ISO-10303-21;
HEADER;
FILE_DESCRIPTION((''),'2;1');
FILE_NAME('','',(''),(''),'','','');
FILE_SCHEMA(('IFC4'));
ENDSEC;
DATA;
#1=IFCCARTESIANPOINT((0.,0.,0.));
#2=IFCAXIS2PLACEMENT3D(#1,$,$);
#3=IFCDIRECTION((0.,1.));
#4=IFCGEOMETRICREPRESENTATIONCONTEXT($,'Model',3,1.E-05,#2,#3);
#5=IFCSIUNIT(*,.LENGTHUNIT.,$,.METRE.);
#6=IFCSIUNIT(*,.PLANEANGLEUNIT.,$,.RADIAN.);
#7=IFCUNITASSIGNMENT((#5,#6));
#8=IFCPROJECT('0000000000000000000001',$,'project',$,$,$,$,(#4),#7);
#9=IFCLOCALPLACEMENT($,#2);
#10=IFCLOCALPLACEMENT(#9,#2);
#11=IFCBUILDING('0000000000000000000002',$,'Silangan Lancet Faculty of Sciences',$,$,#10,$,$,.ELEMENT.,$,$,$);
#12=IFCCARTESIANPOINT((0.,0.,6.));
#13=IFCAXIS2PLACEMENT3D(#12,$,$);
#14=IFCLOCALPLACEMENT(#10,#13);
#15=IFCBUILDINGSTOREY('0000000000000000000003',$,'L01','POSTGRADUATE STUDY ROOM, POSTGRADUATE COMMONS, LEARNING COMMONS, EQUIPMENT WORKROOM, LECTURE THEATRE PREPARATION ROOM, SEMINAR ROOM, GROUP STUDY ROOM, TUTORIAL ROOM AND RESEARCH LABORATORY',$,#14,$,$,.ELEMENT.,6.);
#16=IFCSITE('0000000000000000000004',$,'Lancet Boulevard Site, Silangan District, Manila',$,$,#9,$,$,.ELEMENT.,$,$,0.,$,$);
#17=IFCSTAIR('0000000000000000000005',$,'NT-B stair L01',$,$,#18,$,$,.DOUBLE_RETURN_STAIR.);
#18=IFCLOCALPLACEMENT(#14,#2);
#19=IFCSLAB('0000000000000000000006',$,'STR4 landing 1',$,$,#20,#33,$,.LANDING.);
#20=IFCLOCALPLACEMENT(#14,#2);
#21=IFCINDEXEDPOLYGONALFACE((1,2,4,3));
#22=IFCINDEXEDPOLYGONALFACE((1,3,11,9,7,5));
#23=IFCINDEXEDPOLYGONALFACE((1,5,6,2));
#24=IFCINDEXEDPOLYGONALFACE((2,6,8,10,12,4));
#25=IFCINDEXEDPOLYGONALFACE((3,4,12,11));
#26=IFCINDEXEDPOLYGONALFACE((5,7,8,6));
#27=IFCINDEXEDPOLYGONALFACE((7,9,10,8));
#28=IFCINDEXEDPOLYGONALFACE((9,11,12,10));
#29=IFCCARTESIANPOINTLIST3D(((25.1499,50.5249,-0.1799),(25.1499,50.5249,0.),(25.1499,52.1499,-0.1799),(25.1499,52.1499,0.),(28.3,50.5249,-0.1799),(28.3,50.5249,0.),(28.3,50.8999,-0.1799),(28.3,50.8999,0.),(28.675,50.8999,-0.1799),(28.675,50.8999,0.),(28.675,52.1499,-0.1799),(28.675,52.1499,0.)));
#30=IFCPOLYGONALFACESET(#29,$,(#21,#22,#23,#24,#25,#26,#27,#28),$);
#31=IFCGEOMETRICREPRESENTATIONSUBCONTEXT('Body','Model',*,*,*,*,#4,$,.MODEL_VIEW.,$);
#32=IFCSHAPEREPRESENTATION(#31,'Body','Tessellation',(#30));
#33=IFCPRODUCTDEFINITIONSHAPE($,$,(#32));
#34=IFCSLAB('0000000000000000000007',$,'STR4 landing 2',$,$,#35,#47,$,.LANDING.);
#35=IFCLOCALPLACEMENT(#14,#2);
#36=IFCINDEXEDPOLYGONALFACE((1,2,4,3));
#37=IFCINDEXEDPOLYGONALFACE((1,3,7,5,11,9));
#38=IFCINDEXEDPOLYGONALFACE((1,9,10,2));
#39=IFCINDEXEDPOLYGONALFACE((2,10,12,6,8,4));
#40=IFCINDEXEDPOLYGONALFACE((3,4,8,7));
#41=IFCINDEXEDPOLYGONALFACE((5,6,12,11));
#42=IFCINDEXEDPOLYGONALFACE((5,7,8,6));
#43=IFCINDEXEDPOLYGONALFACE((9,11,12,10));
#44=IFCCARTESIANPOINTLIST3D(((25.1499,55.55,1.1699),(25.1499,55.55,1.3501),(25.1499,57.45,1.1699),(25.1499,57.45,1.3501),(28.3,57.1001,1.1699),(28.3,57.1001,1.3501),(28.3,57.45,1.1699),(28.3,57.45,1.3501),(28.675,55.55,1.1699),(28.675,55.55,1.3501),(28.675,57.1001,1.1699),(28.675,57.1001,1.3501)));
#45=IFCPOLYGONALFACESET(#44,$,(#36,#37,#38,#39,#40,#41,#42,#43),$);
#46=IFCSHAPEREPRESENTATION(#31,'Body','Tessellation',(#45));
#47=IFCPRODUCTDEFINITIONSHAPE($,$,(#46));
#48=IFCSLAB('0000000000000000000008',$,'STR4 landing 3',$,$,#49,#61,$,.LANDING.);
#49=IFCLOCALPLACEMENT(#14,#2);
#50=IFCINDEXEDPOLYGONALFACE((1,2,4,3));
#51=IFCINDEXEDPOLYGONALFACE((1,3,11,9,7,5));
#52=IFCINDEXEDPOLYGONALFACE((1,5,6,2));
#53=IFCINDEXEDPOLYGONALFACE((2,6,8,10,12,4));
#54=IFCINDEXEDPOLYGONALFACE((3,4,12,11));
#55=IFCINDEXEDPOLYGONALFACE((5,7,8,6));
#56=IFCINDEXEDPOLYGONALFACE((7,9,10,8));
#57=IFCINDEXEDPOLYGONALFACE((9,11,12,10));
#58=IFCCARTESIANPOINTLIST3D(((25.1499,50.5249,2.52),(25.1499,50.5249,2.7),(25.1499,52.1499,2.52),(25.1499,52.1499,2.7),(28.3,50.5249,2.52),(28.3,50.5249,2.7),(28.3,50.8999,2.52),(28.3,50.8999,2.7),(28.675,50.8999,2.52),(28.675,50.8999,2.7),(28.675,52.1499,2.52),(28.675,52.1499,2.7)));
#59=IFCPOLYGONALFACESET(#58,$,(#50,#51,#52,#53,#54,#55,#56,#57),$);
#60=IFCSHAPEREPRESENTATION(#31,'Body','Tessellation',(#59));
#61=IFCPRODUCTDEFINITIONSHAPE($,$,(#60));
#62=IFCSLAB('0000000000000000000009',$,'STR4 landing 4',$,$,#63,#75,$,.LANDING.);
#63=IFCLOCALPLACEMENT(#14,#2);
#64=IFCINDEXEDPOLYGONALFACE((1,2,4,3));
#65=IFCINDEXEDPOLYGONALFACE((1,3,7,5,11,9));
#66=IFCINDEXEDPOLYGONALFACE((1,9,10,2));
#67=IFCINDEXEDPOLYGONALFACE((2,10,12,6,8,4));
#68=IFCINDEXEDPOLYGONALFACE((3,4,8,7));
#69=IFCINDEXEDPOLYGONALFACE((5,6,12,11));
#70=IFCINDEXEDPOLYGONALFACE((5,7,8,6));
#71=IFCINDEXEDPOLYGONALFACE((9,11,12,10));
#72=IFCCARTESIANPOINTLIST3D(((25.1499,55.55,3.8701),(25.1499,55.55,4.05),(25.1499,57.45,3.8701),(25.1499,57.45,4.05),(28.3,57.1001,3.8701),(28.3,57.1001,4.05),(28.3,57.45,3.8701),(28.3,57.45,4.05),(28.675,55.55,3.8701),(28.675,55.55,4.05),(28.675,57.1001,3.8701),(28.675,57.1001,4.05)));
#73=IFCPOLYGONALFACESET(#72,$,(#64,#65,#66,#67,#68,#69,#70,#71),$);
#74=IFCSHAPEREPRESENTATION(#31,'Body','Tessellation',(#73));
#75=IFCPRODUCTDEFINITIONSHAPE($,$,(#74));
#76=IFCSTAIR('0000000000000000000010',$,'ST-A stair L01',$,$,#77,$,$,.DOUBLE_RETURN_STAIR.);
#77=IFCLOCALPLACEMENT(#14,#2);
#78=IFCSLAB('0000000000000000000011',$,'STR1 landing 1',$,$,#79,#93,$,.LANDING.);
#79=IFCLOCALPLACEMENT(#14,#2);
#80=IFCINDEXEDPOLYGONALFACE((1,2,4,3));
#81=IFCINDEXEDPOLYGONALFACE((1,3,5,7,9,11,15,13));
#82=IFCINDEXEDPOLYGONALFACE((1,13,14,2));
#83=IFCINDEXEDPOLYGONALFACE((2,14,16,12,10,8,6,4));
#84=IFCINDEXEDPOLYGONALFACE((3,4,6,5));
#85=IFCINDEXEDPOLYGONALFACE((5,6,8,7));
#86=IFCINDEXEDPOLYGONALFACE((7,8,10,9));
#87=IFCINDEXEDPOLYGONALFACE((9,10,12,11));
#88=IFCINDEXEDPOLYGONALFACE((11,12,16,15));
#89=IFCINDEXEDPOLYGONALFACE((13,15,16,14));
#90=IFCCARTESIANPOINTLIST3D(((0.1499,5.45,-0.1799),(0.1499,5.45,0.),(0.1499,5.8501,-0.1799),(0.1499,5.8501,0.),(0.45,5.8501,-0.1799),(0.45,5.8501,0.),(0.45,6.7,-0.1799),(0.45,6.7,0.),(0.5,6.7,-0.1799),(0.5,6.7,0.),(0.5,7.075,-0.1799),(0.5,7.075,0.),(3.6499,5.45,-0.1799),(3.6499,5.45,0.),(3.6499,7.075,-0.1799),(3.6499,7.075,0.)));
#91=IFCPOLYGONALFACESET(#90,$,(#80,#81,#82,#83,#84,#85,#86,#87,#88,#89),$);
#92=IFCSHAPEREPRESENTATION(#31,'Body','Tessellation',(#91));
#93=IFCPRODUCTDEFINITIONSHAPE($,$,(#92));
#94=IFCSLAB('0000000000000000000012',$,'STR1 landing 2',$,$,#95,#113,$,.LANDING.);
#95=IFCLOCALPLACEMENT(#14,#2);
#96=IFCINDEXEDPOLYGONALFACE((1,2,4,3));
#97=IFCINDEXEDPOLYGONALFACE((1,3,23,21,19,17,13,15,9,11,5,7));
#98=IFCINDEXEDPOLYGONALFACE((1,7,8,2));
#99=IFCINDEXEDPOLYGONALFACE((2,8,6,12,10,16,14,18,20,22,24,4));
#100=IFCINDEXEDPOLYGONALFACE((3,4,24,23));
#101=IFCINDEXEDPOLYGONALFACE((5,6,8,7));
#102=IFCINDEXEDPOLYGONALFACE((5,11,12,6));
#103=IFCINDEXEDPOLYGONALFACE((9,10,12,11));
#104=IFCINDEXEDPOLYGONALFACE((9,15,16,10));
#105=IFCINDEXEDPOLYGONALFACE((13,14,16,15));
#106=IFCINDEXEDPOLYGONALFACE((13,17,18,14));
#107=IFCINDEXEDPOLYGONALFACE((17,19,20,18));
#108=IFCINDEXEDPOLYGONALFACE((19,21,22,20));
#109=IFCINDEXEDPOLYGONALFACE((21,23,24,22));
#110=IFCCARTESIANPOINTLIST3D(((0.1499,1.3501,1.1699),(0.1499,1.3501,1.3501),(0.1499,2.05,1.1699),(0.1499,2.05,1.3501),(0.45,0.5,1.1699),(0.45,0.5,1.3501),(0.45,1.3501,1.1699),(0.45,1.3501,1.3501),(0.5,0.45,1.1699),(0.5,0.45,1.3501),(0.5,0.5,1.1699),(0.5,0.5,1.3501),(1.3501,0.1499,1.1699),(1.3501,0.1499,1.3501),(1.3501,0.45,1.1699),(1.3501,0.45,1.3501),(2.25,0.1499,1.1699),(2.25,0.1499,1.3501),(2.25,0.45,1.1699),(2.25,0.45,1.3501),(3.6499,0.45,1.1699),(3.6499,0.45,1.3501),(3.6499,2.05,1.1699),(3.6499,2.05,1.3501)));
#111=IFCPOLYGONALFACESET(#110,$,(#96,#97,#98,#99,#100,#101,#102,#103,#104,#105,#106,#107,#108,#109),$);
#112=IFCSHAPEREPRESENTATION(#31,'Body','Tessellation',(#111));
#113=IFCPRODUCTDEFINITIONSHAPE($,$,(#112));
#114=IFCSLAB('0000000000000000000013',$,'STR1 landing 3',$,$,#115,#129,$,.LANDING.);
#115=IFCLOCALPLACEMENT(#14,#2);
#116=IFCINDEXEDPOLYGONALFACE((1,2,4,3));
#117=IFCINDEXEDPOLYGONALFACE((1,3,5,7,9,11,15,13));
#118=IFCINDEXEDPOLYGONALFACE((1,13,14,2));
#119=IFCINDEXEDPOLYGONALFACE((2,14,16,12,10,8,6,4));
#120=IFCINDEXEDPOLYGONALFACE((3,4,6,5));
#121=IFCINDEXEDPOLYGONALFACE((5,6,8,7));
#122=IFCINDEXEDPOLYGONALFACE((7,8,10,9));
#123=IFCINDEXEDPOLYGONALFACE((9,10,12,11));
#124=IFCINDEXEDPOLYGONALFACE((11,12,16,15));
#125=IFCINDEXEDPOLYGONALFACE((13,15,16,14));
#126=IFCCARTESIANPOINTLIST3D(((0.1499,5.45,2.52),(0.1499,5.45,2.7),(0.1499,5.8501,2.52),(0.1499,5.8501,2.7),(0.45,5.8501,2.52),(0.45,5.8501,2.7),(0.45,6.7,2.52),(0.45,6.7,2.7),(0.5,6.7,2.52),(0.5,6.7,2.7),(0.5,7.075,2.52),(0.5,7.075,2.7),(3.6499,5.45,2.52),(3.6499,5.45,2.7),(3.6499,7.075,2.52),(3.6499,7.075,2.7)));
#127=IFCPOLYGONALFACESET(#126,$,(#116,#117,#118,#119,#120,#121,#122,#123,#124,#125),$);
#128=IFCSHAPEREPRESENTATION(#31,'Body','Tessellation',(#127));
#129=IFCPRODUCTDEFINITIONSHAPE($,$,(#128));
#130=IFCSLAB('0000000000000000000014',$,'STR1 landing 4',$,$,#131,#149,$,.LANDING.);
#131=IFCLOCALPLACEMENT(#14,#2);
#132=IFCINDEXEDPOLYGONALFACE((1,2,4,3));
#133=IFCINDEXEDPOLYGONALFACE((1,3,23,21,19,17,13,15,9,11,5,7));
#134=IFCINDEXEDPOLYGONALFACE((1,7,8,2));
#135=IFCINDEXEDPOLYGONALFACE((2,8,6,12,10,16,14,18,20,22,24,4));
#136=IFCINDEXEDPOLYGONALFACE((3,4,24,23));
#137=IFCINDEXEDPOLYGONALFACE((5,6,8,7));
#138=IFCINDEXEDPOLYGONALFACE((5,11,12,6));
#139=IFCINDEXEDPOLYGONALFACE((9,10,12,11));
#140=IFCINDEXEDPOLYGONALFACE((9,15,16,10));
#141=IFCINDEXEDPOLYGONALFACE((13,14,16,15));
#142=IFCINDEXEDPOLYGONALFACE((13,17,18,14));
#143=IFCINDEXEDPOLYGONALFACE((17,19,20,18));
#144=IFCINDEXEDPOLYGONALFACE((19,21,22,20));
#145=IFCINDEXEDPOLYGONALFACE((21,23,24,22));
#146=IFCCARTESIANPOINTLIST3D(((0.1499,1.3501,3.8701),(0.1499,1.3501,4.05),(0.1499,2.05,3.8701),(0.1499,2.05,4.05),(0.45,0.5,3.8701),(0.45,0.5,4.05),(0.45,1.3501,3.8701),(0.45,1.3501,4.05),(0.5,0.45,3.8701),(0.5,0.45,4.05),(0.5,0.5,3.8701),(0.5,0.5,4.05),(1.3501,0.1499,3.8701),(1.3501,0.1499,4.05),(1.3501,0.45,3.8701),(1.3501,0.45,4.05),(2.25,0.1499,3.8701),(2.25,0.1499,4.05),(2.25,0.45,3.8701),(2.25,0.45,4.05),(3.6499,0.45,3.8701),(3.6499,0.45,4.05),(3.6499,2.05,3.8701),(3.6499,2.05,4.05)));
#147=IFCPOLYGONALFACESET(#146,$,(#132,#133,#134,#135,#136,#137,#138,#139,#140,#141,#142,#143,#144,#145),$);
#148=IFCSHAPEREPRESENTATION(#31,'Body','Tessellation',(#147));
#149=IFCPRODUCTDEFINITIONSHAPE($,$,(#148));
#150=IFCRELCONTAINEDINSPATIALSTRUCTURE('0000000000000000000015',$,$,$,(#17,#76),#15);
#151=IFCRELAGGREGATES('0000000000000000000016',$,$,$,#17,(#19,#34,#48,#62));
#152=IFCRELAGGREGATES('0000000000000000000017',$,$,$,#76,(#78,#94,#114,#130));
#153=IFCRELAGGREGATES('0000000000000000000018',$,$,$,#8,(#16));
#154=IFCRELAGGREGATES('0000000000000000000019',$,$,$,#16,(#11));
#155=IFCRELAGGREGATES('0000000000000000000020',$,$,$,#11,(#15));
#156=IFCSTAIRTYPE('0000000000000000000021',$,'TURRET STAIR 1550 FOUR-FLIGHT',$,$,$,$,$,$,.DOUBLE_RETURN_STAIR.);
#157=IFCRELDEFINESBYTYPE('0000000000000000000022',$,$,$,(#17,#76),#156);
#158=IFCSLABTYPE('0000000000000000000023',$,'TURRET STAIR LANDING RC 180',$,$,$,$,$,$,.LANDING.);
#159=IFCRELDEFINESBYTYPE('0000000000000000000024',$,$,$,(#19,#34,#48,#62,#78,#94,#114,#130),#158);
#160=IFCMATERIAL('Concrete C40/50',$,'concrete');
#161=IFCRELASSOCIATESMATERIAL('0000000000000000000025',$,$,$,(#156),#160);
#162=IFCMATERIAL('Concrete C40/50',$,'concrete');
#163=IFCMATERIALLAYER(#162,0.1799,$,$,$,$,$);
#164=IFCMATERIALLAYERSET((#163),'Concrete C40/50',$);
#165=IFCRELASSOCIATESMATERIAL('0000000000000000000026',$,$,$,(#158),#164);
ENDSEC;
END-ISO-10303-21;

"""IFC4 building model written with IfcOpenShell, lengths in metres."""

from ifc_helpers import new_model, si_unit, direction, frame, origin, place, context, subcontext, project, spatial, polyline, outline, extrude, material, layer, layer_set, type_object, element, aggregate, save


model = new_model("IFC4")

# Units and contexts
model_context = context("Model", 3, precision=1e-05, world=origin(), true_north=direction((0.0, 1.0)))
body_context = subcontext(model_context, "Body", "Model", "MODEL_VIEW")
ifc_project = project(units=[si_unit("LENGTHUNIT", "METRE"), si_unit("PLANEANGLEUNIT", "RADIAN")], contexts=[model_context])

# Site, building, storey
site_placement = place(None, origin())
site = spatial("IfcSite", under=ifc_project, at=site_placement, Name="Lancet Boulevard Site, Silangan District, Manila", CompositionType="ELEMENT", RefElevation=0.0)
building_placement = place(site_placement, origin())
building = spatial("IfcBuilding", under=site, at=building_placement, Name="Silangan Lancet Faculty of Sciences", CompositionType="ELEMENT")
storey_placement = place(building_placement, frame((0.0, 0.0, 6.0)))
storey = spatial("IfcBuildingStorey", under=building, at=storey_placement, Name="L01", Description="POSTGRADUATE STUDY ROOM, POSTGRADUATE COMMONS, LEARNING COMMONS, EQUIPMENT WORKROOM, LECTURE THEATRE PREPARATION ROOM, SEMINAR ROOM, GROUP STUDY ROOM, TUTORIAL ROOM AND RESEARCH LABORATORY", CompositionType="ELEMENT", Elevation=6.0)

# Stairs, slabs
ifc_material_1 = material(Name="Concrete C40/50", Category="concrete")
stair_type = type_object("IfcStairType", Name="TURRET STAIR 1550 FOUR-FLIGHT", PredefinedType="DOUBLE_RETURN_STAIR", material=ifc_material_1)
ifc_material_2 = material(Name="Concrete C40/50", Category="concrete")
ifc_layer_1 = layer(ifc_material_2, 0.1799)
ifc_layer_set_1 = layer_set([ifc_layer_1], Name="Concrete C40/50")
slab_type_1 = type_object("IfcSlabType", Name="TURRET STAIR LANDING RC 180", PredefinedType="LANDING", material=ifc_layer_set_1)
stair_1_placement = place(storey_placement, origin())
stair_1 = element("IfcStair", 1, at=stair_1_placement, inside=storey, type_object=stair_type, Name="NT-B stair L01", PredefinedType="DOUBLE_RETURN_STAIR")
slab_1_placement = place(storey_placement, frame((0.0, 0.0, -0.1799)))
slab_1 = element("IfcSlab", 2, at=slab_1_placement, type_object=slab_type_1, Name="STR4 landing 1", PredefinedType="LANDING", context=body_context, shape_type="SweptSolid", body=[
    extrude(outline(polyline([(28.3, 50.8999), (28.3, 50.5249), (25.1499, 50.5249), (25.1499, 52.1499), (28.675, 52.1499), (28.675, 50.8999), (28.3, 50.8999)])), origin(), (0.0, 0.0, 1.0), 0.1799),
])
slab_2_placement = place(storey_placement, frame((0.0, 0.0, 1.1699)))
slab_2 = element("IfcSlab", 3, at=slab_2_placement, type_object=slab_type_1, Name="STR4 landing 2", PredefinedType="LANDING", context=body_context, shape_type="SweptSolid", body=[
    extrude(outline(polyline([(25.1499, 55.55), (25.1499, 57.45), (28.3, 57.45), (28.3, 57.1001), (28.675, 57.1001), (28.675, 55.55), (25.1499, 55.55)])), origin(), (0.0, 0.0, 1.0), 0.1802),
])
slab_3_placement = place(storey_placement, frame((0.0, 0.0, 2.52)))
slab_3 = element("IfcSlab", 4, at=slab_3_placement, type_object=slab_type_1, Name="STR4 landing 3", PredefinedType="LANDING", context=body_context, shape_type="SweptSolid", body=[
    extrude(outline(polyline([(28.3, 50.8999), (28.3, 50.5249), (25.1499, 50.5249), (25.1499, 52.1499), (28.675, 52.1499), (28.675, 50.8999), (28.3, 50.8999)])), origin(), (0.0, 0.0, 1.0), 0.1799),
])
slab_4_placement = place(storey_placement, frame((0.0, 0.0, 3.8701)))
slab_4 = element("IfcSlab", 5, at=slab_4_placement, type_object=slab_type_1, Name="STR4 landing 4", PredefinedType="LANDING", context=body_context, shape_type="SweptSolid", body=[
    extrude(outline(polyline([(25.1499, 55.55), (25.1499, 57.45), (28.3, 57.45), (28.3, 57.1001), (28.675, 57.1001), (28.675, 55.55), (25.1499, 55.55)])), origin(), (0.0, 0.0, 1.0), 0.1799),
])
aggregate(stair_1, [slab_1, slab_2, slab_3, slab_4])
stair_2_placement = place(storey_placement, origin())
stair_2 = element("IfcStair", 6, at=stair_2_placement, inside=storey, type_object=stair_type, Name="ST-A stair L01", PredefinedType="DOUBLE_RETURN_STAIR")
slab_5_placement = place(storey_placement, frame((0.0, 0.0, -0.1799)))
slab_5 = element("IfcSlab", 7, at=slab_5_placement, type_object=slab_type_1, Name="STR1 landing 1", PredefinedType="LANDING", context=body_context, shape_type="SweptSolid", body=[
    extrude(outline(polyline([(0.1499, 5.8501), (0.45, 5.8501), (0.45, 6.7), (0.5, 6.7), (0.5, 7.075), (3.6499, 7.075), (3.6499, 5.45), (0.1499, 5.45), (0.1499, 5.8501)])), origin(), (0.0, 0.0, 1.0), 0.1799),
])
slab_6_placement = place(storey_placement, frame((0.0, 0.0, 1.1699)))
slab_6 = element("IfcSlab", 8, at=slab_6_placement, type_object=slab_type_1, Name="STR1 landing 2", PredefinedType="LANDING", context=body_context, shape_type="SweptSolid", body=[
    extrude(outline(polyline([(0.45, 1.3501), (0.1499, 1.3501), (0.1499, 2.05), (3.6499, 2.05), (3.6499, 0.45), (2.25, 0.45), (2.25, 0.1499), (1.3501, 0.1499), (1.3501, 0.45), (0.5, 0.45), (0.5, 0.5), (0.45, 0.5), (0.45, 1.3501)])), origin(), (0.0, 0.0, 1.0), 0.1802),
])
slab_7_placement = place(storey_placement, frame((0.0, 0.0, 2.52)))
slab_7 = element("IfcSlab", 9, at=slab_7_placement, type_object=slab_type_1, Name="STR1 landing 3", PredefinedType="LANDING", context=body_context, shape_type="SweptSolid", body=[
    extrude(outline(polyline([(0.1499, 5.8501), (0.45, 5.8501), (0.45, 6.7), (0.5, 6.7), (0.5, 7.075), (3.6499, 7.075), (3.6499, 5.45), (0.1499, 5.45), (0.1499, 5.8501)])), origin(), (0.0, 0.0, 1.0), 0.1799),
])
slab_8_placement = place(storey_placement, frame((0.0, 0.0, 3.8701)))
slab_8 = element("IfcSlab", 10, at=slab_8_placement, type_object=slab_type_1, Name="STR1 landing 4", PredefinedType="LANDING", context=body_context, shape_type="SweptSolid", body=[
    extrude(outline(polyline([(0.45, 1.3501), (0.1499, 1.3501), (0.1499, 2.05), (3.6499, 2.05), (3.6499, 0.45), (2.25, 0.45), (2.25, 0.1499), (1.3501, 0.1499), (1.3501, 0.45), (0.5, 0.45), (0.5, 0.5), (0.45, 0.5), (0.45, 1.3501)])), origin(), (0.0, 0.0, 1.0), 0.1799),
])
aggregate(stair_2, [slab_5, slab_6, slab_7, slab_8])

save(model, "model.ifc")
